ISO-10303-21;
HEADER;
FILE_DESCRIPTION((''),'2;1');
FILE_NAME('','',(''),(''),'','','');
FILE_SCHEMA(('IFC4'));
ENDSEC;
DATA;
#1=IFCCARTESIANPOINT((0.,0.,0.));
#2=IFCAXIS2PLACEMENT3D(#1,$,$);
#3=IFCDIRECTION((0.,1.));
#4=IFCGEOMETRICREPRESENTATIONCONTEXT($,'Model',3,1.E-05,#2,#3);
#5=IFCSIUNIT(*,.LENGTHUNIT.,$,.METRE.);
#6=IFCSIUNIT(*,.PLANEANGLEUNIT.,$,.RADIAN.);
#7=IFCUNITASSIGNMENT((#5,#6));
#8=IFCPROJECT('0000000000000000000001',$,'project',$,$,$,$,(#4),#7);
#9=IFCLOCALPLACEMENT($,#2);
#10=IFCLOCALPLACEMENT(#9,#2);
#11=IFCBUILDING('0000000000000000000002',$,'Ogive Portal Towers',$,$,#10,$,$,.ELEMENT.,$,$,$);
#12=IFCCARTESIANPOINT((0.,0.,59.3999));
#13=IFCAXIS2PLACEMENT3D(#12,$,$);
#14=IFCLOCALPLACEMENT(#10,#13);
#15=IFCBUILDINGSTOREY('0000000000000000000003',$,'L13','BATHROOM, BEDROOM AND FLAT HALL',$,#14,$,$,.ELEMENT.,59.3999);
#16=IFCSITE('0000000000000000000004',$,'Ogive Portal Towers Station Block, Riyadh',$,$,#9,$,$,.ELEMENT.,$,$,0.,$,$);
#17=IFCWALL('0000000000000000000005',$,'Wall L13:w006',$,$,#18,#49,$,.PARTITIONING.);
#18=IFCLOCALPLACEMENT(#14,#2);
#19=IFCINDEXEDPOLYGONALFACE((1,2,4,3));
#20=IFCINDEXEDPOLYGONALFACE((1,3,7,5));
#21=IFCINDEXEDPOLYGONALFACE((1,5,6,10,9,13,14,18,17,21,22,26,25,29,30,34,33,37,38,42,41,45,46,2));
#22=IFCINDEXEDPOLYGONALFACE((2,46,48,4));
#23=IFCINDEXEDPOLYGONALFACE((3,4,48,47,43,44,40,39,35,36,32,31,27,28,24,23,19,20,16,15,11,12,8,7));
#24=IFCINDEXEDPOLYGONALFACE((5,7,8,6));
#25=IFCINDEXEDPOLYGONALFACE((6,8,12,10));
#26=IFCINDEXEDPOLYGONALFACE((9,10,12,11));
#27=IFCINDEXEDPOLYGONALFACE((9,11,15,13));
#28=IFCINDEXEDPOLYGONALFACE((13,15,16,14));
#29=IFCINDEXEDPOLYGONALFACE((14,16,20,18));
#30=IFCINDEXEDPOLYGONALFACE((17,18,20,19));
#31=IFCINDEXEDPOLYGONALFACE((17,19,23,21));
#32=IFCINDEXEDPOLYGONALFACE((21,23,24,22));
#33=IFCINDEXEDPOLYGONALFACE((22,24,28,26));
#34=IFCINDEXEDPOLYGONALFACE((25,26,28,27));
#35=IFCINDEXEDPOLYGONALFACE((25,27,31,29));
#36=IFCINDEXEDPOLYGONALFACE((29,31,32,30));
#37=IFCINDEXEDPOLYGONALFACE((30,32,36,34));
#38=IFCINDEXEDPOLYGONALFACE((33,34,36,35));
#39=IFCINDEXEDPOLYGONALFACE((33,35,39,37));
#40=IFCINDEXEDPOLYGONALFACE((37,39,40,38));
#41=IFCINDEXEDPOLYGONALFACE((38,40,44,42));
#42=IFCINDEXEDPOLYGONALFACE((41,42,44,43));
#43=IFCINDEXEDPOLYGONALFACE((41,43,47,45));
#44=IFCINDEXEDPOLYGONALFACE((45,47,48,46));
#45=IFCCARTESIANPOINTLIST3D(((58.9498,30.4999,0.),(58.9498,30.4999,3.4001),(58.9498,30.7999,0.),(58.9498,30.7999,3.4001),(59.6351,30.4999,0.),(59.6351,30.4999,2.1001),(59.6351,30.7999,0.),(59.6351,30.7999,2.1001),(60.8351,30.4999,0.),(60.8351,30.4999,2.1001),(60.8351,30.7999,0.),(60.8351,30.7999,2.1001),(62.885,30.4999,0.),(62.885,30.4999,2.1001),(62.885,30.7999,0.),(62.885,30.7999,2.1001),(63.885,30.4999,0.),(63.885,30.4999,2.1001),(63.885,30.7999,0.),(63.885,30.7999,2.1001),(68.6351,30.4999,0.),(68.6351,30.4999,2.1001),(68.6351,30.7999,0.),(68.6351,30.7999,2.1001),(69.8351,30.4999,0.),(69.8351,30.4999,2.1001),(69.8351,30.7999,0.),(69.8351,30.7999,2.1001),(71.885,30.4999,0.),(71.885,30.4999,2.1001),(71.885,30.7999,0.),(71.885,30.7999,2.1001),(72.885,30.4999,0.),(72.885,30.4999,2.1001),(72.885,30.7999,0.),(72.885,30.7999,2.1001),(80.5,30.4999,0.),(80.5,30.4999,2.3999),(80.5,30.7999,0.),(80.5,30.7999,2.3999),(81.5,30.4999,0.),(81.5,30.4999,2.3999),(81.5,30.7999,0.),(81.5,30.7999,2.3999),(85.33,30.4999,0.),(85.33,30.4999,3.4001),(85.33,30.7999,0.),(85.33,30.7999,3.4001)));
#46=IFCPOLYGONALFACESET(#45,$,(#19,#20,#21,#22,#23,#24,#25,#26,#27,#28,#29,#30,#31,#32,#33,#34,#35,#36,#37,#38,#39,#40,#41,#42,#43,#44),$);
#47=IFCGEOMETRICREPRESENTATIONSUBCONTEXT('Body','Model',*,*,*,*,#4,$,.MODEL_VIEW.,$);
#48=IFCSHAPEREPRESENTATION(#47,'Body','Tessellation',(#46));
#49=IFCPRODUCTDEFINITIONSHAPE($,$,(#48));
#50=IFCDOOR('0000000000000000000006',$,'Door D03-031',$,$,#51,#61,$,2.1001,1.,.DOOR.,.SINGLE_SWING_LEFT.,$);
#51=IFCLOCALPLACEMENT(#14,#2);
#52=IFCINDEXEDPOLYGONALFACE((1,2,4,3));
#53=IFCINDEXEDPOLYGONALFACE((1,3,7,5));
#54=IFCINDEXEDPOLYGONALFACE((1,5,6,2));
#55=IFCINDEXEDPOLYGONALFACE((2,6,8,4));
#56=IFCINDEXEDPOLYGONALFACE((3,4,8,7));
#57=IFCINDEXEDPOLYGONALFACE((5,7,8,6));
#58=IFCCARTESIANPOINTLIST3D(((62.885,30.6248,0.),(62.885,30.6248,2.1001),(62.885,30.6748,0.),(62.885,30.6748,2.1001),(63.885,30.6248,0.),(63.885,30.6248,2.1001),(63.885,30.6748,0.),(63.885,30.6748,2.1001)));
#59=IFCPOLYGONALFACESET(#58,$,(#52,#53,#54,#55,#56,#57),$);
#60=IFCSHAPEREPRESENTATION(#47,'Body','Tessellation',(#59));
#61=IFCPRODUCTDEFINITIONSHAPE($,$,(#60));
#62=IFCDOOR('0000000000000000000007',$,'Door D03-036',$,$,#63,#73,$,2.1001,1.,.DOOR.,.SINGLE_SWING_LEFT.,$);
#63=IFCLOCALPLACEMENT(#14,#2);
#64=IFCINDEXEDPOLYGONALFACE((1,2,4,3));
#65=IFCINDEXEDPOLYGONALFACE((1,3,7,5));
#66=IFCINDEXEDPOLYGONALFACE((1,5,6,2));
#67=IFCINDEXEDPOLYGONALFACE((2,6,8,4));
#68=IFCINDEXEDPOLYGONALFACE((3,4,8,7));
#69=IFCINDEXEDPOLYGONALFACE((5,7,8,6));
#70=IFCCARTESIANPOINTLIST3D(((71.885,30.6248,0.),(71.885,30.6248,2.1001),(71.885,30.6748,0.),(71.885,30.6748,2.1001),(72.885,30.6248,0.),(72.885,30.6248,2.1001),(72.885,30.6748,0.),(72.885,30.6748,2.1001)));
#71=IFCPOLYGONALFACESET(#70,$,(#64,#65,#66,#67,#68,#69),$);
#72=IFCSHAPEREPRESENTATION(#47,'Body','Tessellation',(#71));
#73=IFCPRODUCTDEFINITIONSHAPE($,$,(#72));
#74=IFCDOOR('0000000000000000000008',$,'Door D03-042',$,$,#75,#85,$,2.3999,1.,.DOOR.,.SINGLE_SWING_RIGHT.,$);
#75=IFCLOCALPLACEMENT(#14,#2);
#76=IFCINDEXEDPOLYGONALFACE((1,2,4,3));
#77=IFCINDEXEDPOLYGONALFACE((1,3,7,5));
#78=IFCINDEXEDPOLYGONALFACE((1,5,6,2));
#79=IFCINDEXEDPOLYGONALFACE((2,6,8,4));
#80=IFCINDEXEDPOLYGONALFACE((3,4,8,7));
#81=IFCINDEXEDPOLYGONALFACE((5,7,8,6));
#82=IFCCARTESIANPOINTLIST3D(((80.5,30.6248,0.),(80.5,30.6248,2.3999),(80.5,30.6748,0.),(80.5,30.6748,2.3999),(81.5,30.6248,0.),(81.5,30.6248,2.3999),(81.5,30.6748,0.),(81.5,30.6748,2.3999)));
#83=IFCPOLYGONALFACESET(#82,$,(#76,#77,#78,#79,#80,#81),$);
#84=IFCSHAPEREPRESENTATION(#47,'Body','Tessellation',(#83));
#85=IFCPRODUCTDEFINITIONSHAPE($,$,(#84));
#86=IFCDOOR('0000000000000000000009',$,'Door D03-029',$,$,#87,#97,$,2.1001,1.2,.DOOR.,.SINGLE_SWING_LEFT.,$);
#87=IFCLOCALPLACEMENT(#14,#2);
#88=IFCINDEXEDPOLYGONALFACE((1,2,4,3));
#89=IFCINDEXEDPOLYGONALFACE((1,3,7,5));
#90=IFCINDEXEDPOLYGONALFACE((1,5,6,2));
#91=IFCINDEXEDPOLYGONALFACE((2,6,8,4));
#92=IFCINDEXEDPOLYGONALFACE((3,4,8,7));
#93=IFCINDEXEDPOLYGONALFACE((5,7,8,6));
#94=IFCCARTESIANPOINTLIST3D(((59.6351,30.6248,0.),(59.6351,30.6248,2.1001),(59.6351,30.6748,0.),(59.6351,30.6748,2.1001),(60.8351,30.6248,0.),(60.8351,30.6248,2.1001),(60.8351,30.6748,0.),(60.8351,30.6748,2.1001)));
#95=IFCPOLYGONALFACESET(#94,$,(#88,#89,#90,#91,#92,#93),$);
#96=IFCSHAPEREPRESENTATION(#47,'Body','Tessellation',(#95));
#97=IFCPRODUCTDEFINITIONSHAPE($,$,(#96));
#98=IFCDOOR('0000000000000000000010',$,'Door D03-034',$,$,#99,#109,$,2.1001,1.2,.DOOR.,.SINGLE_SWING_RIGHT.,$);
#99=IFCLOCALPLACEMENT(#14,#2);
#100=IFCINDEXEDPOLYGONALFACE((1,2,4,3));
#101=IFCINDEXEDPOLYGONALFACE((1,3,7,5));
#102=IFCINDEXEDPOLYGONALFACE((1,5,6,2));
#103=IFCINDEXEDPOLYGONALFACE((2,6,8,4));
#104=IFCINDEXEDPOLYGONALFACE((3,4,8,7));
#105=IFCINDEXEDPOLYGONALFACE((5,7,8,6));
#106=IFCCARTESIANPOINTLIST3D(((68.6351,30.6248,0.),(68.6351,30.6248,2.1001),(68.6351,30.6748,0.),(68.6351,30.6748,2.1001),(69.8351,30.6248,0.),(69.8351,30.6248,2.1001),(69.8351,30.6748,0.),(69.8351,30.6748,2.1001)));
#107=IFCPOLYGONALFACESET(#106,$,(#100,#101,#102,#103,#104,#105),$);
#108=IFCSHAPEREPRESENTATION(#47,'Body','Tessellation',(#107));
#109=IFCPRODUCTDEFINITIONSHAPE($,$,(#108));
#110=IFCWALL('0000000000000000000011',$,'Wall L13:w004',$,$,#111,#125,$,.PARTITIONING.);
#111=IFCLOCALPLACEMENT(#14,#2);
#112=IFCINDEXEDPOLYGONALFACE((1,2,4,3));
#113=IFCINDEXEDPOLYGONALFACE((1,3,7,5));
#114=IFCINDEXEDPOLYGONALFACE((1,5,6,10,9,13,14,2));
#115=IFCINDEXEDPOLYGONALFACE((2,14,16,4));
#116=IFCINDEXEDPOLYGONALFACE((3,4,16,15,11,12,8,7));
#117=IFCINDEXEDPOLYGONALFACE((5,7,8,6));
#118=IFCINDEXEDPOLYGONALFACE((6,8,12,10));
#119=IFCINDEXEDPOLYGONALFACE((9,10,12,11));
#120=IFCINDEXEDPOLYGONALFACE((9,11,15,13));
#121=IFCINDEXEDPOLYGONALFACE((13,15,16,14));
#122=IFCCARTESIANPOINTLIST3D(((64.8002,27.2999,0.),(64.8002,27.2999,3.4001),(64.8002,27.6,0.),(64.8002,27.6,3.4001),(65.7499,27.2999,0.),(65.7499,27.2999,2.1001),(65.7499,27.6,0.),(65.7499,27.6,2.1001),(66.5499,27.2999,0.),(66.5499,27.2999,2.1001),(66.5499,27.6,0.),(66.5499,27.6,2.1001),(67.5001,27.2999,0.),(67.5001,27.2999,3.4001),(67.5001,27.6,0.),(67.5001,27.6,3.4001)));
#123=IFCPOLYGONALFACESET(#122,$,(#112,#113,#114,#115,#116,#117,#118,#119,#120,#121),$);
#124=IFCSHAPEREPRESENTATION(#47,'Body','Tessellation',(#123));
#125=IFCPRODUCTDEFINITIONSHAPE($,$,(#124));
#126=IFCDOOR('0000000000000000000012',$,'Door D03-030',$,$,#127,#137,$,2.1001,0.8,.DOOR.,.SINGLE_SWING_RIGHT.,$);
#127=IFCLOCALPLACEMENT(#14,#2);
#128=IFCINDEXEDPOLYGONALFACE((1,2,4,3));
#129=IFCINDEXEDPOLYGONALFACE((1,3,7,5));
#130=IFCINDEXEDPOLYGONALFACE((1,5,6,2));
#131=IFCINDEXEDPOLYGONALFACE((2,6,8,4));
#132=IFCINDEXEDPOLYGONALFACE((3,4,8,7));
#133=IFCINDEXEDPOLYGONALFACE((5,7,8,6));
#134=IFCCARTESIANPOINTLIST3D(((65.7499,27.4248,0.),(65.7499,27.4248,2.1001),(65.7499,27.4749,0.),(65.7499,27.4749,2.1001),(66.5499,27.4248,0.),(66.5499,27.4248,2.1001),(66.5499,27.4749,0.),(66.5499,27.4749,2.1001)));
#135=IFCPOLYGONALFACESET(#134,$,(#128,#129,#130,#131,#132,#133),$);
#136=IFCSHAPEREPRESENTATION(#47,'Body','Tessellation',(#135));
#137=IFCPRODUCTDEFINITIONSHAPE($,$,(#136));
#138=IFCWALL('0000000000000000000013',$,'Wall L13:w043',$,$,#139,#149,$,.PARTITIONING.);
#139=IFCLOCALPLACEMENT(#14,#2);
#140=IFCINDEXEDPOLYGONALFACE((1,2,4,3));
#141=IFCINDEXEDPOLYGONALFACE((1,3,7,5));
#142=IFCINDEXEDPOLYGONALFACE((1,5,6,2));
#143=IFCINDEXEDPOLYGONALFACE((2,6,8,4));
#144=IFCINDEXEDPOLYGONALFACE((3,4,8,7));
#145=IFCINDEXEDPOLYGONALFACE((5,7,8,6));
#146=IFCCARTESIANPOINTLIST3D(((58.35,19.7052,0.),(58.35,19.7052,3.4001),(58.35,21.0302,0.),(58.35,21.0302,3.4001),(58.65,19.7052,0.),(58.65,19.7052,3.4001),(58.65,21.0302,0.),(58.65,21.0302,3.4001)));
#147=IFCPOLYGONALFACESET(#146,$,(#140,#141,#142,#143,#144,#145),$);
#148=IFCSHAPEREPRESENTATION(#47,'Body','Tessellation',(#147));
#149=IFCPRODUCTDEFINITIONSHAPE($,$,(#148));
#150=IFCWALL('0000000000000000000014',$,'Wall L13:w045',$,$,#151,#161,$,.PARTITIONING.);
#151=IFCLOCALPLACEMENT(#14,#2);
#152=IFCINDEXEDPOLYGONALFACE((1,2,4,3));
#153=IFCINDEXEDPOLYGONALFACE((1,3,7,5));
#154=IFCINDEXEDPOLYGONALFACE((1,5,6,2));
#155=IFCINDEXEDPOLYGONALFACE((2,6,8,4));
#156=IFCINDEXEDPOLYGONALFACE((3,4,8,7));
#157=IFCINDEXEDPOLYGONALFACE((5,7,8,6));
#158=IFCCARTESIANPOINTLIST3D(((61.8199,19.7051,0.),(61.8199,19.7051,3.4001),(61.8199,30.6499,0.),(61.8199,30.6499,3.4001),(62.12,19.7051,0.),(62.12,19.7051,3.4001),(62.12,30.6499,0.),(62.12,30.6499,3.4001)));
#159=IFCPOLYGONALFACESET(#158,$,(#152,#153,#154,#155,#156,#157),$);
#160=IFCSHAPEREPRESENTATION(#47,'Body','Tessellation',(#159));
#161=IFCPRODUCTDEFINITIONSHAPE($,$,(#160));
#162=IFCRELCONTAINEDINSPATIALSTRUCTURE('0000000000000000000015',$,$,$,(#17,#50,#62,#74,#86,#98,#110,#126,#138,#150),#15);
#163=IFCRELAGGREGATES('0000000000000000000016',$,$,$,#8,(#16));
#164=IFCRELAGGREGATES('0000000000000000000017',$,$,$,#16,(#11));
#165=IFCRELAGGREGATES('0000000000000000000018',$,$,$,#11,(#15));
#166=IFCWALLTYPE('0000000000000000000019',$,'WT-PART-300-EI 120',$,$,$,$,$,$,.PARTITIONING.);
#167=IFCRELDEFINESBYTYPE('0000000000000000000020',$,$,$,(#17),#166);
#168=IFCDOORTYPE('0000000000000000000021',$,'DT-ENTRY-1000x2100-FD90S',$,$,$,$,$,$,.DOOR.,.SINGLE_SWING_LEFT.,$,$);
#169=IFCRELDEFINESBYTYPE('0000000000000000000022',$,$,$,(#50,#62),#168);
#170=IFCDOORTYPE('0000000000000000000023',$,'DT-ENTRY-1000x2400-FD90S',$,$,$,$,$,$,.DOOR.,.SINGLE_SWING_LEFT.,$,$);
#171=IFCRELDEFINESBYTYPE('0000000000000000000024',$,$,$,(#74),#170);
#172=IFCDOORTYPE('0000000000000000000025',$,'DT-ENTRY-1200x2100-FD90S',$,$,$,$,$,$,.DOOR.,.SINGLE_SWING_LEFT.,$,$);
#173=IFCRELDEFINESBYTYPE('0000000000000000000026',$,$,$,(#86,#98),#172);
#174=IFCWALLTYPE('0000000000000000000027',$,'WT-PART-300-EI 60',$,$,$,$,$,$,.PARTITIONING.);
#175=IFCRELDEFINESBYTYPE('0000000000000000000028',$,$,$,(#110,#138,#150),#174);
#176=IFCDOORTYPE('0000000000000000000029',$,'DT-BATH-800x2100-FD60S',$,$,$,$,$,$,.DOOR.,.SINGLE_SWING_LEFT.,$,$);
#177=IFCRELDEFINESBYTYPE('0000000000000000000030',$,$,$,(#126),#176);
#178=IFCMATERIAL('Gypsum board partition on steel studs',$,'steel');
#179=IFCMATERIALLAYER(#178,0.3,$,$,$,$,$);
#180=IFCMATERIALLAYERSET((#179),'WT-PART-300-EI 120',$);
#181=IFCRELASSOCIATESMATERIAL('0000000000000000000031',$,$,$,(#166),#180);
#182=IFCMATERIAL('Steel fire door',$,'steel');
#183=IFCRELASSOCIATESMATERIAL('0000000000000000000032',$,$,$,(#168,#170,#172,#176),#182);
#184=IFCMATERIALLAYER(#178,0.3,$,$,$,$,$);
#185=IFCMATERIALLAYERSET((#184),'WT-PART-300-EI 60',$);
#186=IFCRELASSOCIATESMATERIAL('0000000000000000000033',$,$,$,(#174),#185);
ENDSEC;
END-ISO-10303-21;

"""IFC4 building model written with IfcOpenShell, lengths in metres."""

from ifc_helpers import new_model, si_unit, direction, frame, frame_2d, origin, place, context, subcontext, project, spatial, rectangle, extrude, material, layer, layer_set, type_object, element, fill, save


model = new_model("IFC4")

# Units and contexts
model_context = context("Model", 3, precision=1e-05, world=origin(), true_north=direction((0.0, 1.0)))
body_context = subcontext(model_context, "Body", "Model", "MODEL_VIEW")
ifc_project = project(units=[si_unit("LENGTHUNIT", "METRE"), si_unit("PLANEANGLEUNIT", "RADIAN")], contexts=[model_context])

# Site, building, storey
site_placement = place(None, origin())
site = spatial("IfcSite", under=ifc_project, at=site_placement, Name="Ogive Portal Towers Station Block, Riyadh", CompositionType="ELEMENT", RefElevation=0.0)
building_placement = place(site_placement, origin())
building = spatial("IfcBuilding", under=site, at=building_placement, Name="Ogive Portal Towers", CompositionType="ELEMENT")
storey_placement = place(building_placement, frame((0.0, 0.0, 59.3999)))
storey = spatial("IfcBuildingStorey", under=building, at=storey_placement, Name="L13", Description="BATHROOM, BEDROOM AND FLAT HALL", CompositionType="ELEMENT", Elevation=59.3999)

# Shared definitions
ifc_material_1 = material(Name="Steel fire door", Category="steel")

# Shared definitions
ifc_material_2 = material(Name="Gypsum board partition on steel studs", Category="steel")

# Wall, openings, doors
ifc_layer_1 = layer(ifc_material_2, 0.3)
ifc_layer_set_1 = layer_set([ifc_layer_1], Name="WT-PART-300-EI 120")
wall_type_1 = type_object("IfcWallType", Name="WT-PART-300-EI 120", PredefinedType="PARTITIONING", material=ifc_layer_set_1)
wall_1_placement = place(storey_placement, frame((58.95, 30.6499, 0.0), z_axis=(0.0, 0.0, 1.0), x_axis=(1.0, 0.0, 0.0)))
wall_1 = element("IfcWall", 1, at=wall_1_placement, inside=storey, type_object=wall_type_1, Name="Wall L13:w006", PredefinedType="PARTITIONING", context=body_context, shape_type="SweptSolid", body=[
    extrude(rectangle(XDim=26.3801, YDim=0.3, at=frame_2d((13.1899, 0.0))), origin(), (0.0, 0.0, 1.0), 3.4001),
])
opening_1_placement = place(wall_1_placement, frame((0.6851, 0.0, 0.0)))
opening_1 = element("IfcOpeningElement", 2, at=opening_1_placement, cuts=wall_1, PredefinedType="OPENING", context=body_context, shape_type="SweptSolid", body=[
    extrude(rectangle(XDim=1.2, YDim=2.1001, at=frame_2d((0.6001, 1.05))), frame((0.0, 0.1602, 0.0), z_axis=(0.0, -1.0, 0.0), x_axis=(1.0, 0.0, 0.0)), (0.0, 0.0, 1.0), 0.3201),
])
opening_2_placement = place(wall_1_placement, frame((3.9351, 0.0, 0.0)))
opening_2 = element("IfcOpeningElement", 3, at=opening_2_placement, cuts=wall_1, PredefinedType="OPENING", context=body_context, shape_type="SweptSolid", body=[
    extrude(rectangle(XDim=1.0, YDim=2.1001, at=frame_2d((0.5, 1.05))), frame((0.0, 0.1602, 0.0), z_axis=(0.0, -1.0, 0.0), x_axis=(1.0, 0.0, 0.0)), (0.0, 0.0, 1.0), 0.3201),
])
opening_3_placement = place(wall_1_placement, frame((9.6851, 0.0, 0.0)))
opening_3 = element("IfcOpeningElement", 4, at=opening_3_placement, cuts=wall_1, PredefinedType="OPENING", context=body_context, shape_type="SweptSolid", body=[
    extrude(rectangle(XDim=1.2, YDim=2.1001, at=frame_2d((0.6001, 1.05))), frame((0.0, 0.1602, 0.0), z_axis=(0.0, -1.0, 0.0), x_axis=(1.0, 0.0, 0.0)), (0.0, 0.0, 1.0), 0.3201),
])
opening_4_placement = place(wall_1_placement, frame((12.9351, 0.0, 0.0)))
opening_4 = element("IfcOpeningElement", 5, at=opening_4_placement, cuts=wall_1, PredefinedType="OPENING", context=body_context, shape_type="SweptSolid", body=[
    extrude(rectangle(XDim=1.0, YDim=2.1001, at=frame_2d((0.5, 1.05))), frame((0.0, 0.1602, 0.0), z_axis=(0.0, -1.0, 0.0), x_axis=(1.0, 0.0, 0.0)), (0.0, 0.0, 1.0), 0.3201),
])
opening_5_placement = place(wall_1_placement, frame((21.55, 0.0, 0.0)))
opening_5 = element("IfcOpeningElement", 6, at=opening_5_placement, cuts=wall_1, PredefinedType="OPENING", context=body_context, shape_type="SweptSolid", body=[
    extrude(rectangle(XDim=1.0, YDim=2.3999, at=frame_2d((0.5, 1.2))), frame((0.0, 0.1602, 0.0), z_axis=(0.0, -1.0, 0.0), x_axis=(1.0, 0.0, 0.0)), (0.0, 0.0, 1.0), 0.3201),
])
door_type_1 = type_object("IfcDoorType", Name="DT-ENTRY-1000x2100-FD90S", OperationType="SINGLE_SWING_LEFT", PredefinedType="DOOR", material=ifc_material_1)
door_1_placement = place(opening_2_placement, origin())
door_1 = element("IfcDoor", 7, at=door_1_placement, inside=storey, type_object=door_type_1, Name="Door D03-031", OperationType="SINGLE_SWING_LEFT", OverallHeight=2.1001, OverallWidth=1.0, PredefinedType="DOOR", context=body_context, shape_type="SweptSolid", body=[
    extrude(rectangle(XDim=1.0, YDim=2.1001, at=frame_2d((0.5, 1.05))), frame((0.0, 0.0249, 0.0), z_axis=(0.0, -1.0, 0.0), x_axis=(1.0, 0.0, 0.0)), (0.0, 0.0, 1.0), 0.05),
])
fill(opening_2, door_1)
door_2_placement = place(opening_4_placement, origin())
door_2 = element("IfcDoor", 8, at=door_2_placement, inside=storey, type_object=door_type_1, Name="Door D03-036", OperationType="SINGLE_SWING_LEFT", OverallHeight=2.1001, OverallWidth=1.0, PredefinedType="DOOR", context=body_context, shape_type="SweptSolid", body=[
    extrude(rectangle(XDim=1.0, YDim=2.1001, at=frame_2d((0.5, 1.05))), frame((0.0, 0.0249, 0.0), z_axis=(0.0, -1.0, 0.0), x_axis=(1.0, 0.0, 0.0)), (0.0, 0.0, 1.0), 0.05),
])
fill(opening_4, door_2)
door_type_2 = type_object("IfcDoorType", Name="DT-ENTRY-1000x2400-FD90S", OperationType="SINGLE_SWING_LEFT", PredefinedType="DOOR", material=ifc_material_1)
door_3_placement = place(opening_5_placement, origin())
door_3 = element("IfcDoor", 9, at=door_3_placement, inside=storey, type_object=door_type_2, Name="Door D03-042", OperationType="SINGLE_SWING_RIGHT", OverallHeight=2.3999, OverallWidth=1.0, PredefinedType="DOOR", context=body_context, shape_type="SweptSolid", body=[
    extrude(rectangle(XDim=1.0, YDim=2.3999, at=frame_2d((0.5, 1.2))), frame((0.0, 0.0249, 0.0), z_axis=(0.0, -1.0, 0.0), x_axis=(1.0, 0.0, 0.0)), (0.0, 0.0, 1.0), 0.05),
])
fill(opening_5, door_3)
door_type_3 = type_object("IfcDoorType", Name="DT-ENTRY-1200x2100-FD90S", OperationType="SINGLE_SWING_LEFT", PredefinedType="DOOR", material=ifc_material_1)
door_4_placement = place(opening_1_placement, origin())
door_4 = element("IfcDoor", 10, at=door_4_placement, inside=storey, type_object=door_type_3, Name="Door D03-029", OperationType="SINGLE_SWING_LEFT", OverallHeight=2.1001, OverallWidth=1.2, PredefinedType="DOOR", context=body_context, shape_type="SweptSolid", body=[
    extrude(rectangle(XDim=1.2, YDim=2.1001, at=frame_2d((0.6001, 1.05))), frame((0.0, 0.0249, 0.0), z_axis=(0.0, -1.0, 0.0), x_axis=(1.0, 0.0, 0.0)), (0.0, 0.0, 1.0), 0.05),
])
fill(opening_1, door_4)
door_5_placement = place(opening_3_placement, origin())
door_5 = element("IfcDoor", 11, at=door_5_placement, inside=storey, type_object=door_type_3, Name="Door D03-034", OperationType="SINGLE_SWING_RIGHT", OverallHeight=2.1001, OverallWidth=1.2, PredefinedType="DOOR", context=body_context, shape_type="SweptSolid", body=[
    extrude(rectangle(XDim=1.2, YDim=2.1001, at=frame_2d((0.6001, 1.05))), frame((0.0, 0.0249, 0.0), z_axis=(0.0, -1.0, 0.0), x_axis=(1.0, 0.0, 0.0)), (0.0, 0.0, 1.0), 0.05),
])
fill(opening_3, door_5)

# Wall, opening, door
ifc_layer_2 = layer(ifc_material_2, 0.3)
ifc_layer_set_2 = layer_set([ifc_layer_2], Name="WT-PART-300-EI 60")
wall_type_2 = type_object("IfcWallType", Name="WT-PART-300-EI 60", PredefinedType="PARTITIONING", material=ifc_layer_set_2)
wall_2_placement = place(storey_placement, frame((64.8, 27.45, 0.0), z_axis=(0.0, 0.0, 1.0), x_axis=(1.0, 0.0, 0.0)))
wall_2 = element("IfcWall", 12, at=wall_2_placement, inside=storey, type_object=wall_type_2, Name="Wall L13:w004", PredefinedType="PARTITIONING", context=body_context, shape_type="SweptSolid", body=[
    extrude(rectangle(XDim=2.7, YDim=0.3, at=frame_2d((1.3501, 0.0))), origin(), (0.0, 0.0, 1.0), 3.4001),
])
opening_6_placement = place(wall_2_placement, frame((0.95, 0.0, 0.0)))
opening_6 = element("IfcOpeningElement", 13, at=opening_6_placement, cuts=wall_2, PredefinedType="OPENING", context=body_context, shape_type="SweptSolid", body=[
    extrude(rectangle(XDim=0.8, YDim=2.1001, at=frame_2d((0.3999, 1.05))), frame((0.0, 0.1602, 0.0), z_axis=(0.0, -1.0, 0.0), x_axis=(1.0, 0.0, 0.0)), (0.0, 0.0, 1.0), 0.3201),
])
door_type_4 = type_object("IfcDoorType", Name="DT-BATH-800x2100-FD60S", OperationType="SINGLE_SWING_LEFT", PredefinedType="DOOR", material=ifc_material_1)
door_6_placement = place(opening_6_placement, origin())
door_6 = element("IfcDoor", 14, at=door_6_placement, inside=storey, type_object=door_type_4, Name="Door D03-030", OperationType="SINGLE_SWING_RIGHT", OverallHeight=2.1001, OverallWidth=0.8, PredefinedType="DOOR", context=body_context, shape_type="SweptSolid", body=[
    extrude(rectangle(XDim=0.8, YDim=2.1001, at=frame_2d((0.3999, 1.05))), frame((0.0, 0.0249, 0.0), z_axis=(0.0, -1.0, 0.0), x_axis=(1.0, 0.0, 0.0)), (0.0, 0.0, 1.0), 0.05),
])
fill(opening_6, door_6)

# Walls
wall_3_placement = place(storey_placement, frame((58.5, 19.7051, 0.0), z_axis=(0.0, 0.0, 1.0), x_axis=(0.0, 1.0, 0.0)))
element("IfcWall", 15, at=wall_3_placement, inside=storey, type_object=wall_type_2, Name="Wall L13:w043", PredefinedType="PARTITIONING", context=body_context, shape_type="SweptSolid", body=[
    extrude(rectangle(XDim=1.325, YDim=0.3, at=frame_2d((0.6626, 0.0))), origin(), (0.0, 0.0, 1.0), 3.4001),
])
wall_4_placement = place(storey_placement, frame((61.97, 19.7051, 0.0), z_axis=(0.0, 0.0, 1.0), x_axis=(0.0, 1.0, 0.0)))
element("IfcWall", 16, at=wall_4_placement, inside=storey, type_object=wall_type_2, Name="Wall L13:w045", PredefinedType="PARTITIONING", context=body_context, shape_type="SweptSolid", body=[
    extrude(rectangle(XDim=10.9448, YDim=0.3, at=frame_2d((5.4724, 0.0))), origin(), (0.0, 0.0, 1.0), 3.4001),
])

save(model, "model.ifc")
